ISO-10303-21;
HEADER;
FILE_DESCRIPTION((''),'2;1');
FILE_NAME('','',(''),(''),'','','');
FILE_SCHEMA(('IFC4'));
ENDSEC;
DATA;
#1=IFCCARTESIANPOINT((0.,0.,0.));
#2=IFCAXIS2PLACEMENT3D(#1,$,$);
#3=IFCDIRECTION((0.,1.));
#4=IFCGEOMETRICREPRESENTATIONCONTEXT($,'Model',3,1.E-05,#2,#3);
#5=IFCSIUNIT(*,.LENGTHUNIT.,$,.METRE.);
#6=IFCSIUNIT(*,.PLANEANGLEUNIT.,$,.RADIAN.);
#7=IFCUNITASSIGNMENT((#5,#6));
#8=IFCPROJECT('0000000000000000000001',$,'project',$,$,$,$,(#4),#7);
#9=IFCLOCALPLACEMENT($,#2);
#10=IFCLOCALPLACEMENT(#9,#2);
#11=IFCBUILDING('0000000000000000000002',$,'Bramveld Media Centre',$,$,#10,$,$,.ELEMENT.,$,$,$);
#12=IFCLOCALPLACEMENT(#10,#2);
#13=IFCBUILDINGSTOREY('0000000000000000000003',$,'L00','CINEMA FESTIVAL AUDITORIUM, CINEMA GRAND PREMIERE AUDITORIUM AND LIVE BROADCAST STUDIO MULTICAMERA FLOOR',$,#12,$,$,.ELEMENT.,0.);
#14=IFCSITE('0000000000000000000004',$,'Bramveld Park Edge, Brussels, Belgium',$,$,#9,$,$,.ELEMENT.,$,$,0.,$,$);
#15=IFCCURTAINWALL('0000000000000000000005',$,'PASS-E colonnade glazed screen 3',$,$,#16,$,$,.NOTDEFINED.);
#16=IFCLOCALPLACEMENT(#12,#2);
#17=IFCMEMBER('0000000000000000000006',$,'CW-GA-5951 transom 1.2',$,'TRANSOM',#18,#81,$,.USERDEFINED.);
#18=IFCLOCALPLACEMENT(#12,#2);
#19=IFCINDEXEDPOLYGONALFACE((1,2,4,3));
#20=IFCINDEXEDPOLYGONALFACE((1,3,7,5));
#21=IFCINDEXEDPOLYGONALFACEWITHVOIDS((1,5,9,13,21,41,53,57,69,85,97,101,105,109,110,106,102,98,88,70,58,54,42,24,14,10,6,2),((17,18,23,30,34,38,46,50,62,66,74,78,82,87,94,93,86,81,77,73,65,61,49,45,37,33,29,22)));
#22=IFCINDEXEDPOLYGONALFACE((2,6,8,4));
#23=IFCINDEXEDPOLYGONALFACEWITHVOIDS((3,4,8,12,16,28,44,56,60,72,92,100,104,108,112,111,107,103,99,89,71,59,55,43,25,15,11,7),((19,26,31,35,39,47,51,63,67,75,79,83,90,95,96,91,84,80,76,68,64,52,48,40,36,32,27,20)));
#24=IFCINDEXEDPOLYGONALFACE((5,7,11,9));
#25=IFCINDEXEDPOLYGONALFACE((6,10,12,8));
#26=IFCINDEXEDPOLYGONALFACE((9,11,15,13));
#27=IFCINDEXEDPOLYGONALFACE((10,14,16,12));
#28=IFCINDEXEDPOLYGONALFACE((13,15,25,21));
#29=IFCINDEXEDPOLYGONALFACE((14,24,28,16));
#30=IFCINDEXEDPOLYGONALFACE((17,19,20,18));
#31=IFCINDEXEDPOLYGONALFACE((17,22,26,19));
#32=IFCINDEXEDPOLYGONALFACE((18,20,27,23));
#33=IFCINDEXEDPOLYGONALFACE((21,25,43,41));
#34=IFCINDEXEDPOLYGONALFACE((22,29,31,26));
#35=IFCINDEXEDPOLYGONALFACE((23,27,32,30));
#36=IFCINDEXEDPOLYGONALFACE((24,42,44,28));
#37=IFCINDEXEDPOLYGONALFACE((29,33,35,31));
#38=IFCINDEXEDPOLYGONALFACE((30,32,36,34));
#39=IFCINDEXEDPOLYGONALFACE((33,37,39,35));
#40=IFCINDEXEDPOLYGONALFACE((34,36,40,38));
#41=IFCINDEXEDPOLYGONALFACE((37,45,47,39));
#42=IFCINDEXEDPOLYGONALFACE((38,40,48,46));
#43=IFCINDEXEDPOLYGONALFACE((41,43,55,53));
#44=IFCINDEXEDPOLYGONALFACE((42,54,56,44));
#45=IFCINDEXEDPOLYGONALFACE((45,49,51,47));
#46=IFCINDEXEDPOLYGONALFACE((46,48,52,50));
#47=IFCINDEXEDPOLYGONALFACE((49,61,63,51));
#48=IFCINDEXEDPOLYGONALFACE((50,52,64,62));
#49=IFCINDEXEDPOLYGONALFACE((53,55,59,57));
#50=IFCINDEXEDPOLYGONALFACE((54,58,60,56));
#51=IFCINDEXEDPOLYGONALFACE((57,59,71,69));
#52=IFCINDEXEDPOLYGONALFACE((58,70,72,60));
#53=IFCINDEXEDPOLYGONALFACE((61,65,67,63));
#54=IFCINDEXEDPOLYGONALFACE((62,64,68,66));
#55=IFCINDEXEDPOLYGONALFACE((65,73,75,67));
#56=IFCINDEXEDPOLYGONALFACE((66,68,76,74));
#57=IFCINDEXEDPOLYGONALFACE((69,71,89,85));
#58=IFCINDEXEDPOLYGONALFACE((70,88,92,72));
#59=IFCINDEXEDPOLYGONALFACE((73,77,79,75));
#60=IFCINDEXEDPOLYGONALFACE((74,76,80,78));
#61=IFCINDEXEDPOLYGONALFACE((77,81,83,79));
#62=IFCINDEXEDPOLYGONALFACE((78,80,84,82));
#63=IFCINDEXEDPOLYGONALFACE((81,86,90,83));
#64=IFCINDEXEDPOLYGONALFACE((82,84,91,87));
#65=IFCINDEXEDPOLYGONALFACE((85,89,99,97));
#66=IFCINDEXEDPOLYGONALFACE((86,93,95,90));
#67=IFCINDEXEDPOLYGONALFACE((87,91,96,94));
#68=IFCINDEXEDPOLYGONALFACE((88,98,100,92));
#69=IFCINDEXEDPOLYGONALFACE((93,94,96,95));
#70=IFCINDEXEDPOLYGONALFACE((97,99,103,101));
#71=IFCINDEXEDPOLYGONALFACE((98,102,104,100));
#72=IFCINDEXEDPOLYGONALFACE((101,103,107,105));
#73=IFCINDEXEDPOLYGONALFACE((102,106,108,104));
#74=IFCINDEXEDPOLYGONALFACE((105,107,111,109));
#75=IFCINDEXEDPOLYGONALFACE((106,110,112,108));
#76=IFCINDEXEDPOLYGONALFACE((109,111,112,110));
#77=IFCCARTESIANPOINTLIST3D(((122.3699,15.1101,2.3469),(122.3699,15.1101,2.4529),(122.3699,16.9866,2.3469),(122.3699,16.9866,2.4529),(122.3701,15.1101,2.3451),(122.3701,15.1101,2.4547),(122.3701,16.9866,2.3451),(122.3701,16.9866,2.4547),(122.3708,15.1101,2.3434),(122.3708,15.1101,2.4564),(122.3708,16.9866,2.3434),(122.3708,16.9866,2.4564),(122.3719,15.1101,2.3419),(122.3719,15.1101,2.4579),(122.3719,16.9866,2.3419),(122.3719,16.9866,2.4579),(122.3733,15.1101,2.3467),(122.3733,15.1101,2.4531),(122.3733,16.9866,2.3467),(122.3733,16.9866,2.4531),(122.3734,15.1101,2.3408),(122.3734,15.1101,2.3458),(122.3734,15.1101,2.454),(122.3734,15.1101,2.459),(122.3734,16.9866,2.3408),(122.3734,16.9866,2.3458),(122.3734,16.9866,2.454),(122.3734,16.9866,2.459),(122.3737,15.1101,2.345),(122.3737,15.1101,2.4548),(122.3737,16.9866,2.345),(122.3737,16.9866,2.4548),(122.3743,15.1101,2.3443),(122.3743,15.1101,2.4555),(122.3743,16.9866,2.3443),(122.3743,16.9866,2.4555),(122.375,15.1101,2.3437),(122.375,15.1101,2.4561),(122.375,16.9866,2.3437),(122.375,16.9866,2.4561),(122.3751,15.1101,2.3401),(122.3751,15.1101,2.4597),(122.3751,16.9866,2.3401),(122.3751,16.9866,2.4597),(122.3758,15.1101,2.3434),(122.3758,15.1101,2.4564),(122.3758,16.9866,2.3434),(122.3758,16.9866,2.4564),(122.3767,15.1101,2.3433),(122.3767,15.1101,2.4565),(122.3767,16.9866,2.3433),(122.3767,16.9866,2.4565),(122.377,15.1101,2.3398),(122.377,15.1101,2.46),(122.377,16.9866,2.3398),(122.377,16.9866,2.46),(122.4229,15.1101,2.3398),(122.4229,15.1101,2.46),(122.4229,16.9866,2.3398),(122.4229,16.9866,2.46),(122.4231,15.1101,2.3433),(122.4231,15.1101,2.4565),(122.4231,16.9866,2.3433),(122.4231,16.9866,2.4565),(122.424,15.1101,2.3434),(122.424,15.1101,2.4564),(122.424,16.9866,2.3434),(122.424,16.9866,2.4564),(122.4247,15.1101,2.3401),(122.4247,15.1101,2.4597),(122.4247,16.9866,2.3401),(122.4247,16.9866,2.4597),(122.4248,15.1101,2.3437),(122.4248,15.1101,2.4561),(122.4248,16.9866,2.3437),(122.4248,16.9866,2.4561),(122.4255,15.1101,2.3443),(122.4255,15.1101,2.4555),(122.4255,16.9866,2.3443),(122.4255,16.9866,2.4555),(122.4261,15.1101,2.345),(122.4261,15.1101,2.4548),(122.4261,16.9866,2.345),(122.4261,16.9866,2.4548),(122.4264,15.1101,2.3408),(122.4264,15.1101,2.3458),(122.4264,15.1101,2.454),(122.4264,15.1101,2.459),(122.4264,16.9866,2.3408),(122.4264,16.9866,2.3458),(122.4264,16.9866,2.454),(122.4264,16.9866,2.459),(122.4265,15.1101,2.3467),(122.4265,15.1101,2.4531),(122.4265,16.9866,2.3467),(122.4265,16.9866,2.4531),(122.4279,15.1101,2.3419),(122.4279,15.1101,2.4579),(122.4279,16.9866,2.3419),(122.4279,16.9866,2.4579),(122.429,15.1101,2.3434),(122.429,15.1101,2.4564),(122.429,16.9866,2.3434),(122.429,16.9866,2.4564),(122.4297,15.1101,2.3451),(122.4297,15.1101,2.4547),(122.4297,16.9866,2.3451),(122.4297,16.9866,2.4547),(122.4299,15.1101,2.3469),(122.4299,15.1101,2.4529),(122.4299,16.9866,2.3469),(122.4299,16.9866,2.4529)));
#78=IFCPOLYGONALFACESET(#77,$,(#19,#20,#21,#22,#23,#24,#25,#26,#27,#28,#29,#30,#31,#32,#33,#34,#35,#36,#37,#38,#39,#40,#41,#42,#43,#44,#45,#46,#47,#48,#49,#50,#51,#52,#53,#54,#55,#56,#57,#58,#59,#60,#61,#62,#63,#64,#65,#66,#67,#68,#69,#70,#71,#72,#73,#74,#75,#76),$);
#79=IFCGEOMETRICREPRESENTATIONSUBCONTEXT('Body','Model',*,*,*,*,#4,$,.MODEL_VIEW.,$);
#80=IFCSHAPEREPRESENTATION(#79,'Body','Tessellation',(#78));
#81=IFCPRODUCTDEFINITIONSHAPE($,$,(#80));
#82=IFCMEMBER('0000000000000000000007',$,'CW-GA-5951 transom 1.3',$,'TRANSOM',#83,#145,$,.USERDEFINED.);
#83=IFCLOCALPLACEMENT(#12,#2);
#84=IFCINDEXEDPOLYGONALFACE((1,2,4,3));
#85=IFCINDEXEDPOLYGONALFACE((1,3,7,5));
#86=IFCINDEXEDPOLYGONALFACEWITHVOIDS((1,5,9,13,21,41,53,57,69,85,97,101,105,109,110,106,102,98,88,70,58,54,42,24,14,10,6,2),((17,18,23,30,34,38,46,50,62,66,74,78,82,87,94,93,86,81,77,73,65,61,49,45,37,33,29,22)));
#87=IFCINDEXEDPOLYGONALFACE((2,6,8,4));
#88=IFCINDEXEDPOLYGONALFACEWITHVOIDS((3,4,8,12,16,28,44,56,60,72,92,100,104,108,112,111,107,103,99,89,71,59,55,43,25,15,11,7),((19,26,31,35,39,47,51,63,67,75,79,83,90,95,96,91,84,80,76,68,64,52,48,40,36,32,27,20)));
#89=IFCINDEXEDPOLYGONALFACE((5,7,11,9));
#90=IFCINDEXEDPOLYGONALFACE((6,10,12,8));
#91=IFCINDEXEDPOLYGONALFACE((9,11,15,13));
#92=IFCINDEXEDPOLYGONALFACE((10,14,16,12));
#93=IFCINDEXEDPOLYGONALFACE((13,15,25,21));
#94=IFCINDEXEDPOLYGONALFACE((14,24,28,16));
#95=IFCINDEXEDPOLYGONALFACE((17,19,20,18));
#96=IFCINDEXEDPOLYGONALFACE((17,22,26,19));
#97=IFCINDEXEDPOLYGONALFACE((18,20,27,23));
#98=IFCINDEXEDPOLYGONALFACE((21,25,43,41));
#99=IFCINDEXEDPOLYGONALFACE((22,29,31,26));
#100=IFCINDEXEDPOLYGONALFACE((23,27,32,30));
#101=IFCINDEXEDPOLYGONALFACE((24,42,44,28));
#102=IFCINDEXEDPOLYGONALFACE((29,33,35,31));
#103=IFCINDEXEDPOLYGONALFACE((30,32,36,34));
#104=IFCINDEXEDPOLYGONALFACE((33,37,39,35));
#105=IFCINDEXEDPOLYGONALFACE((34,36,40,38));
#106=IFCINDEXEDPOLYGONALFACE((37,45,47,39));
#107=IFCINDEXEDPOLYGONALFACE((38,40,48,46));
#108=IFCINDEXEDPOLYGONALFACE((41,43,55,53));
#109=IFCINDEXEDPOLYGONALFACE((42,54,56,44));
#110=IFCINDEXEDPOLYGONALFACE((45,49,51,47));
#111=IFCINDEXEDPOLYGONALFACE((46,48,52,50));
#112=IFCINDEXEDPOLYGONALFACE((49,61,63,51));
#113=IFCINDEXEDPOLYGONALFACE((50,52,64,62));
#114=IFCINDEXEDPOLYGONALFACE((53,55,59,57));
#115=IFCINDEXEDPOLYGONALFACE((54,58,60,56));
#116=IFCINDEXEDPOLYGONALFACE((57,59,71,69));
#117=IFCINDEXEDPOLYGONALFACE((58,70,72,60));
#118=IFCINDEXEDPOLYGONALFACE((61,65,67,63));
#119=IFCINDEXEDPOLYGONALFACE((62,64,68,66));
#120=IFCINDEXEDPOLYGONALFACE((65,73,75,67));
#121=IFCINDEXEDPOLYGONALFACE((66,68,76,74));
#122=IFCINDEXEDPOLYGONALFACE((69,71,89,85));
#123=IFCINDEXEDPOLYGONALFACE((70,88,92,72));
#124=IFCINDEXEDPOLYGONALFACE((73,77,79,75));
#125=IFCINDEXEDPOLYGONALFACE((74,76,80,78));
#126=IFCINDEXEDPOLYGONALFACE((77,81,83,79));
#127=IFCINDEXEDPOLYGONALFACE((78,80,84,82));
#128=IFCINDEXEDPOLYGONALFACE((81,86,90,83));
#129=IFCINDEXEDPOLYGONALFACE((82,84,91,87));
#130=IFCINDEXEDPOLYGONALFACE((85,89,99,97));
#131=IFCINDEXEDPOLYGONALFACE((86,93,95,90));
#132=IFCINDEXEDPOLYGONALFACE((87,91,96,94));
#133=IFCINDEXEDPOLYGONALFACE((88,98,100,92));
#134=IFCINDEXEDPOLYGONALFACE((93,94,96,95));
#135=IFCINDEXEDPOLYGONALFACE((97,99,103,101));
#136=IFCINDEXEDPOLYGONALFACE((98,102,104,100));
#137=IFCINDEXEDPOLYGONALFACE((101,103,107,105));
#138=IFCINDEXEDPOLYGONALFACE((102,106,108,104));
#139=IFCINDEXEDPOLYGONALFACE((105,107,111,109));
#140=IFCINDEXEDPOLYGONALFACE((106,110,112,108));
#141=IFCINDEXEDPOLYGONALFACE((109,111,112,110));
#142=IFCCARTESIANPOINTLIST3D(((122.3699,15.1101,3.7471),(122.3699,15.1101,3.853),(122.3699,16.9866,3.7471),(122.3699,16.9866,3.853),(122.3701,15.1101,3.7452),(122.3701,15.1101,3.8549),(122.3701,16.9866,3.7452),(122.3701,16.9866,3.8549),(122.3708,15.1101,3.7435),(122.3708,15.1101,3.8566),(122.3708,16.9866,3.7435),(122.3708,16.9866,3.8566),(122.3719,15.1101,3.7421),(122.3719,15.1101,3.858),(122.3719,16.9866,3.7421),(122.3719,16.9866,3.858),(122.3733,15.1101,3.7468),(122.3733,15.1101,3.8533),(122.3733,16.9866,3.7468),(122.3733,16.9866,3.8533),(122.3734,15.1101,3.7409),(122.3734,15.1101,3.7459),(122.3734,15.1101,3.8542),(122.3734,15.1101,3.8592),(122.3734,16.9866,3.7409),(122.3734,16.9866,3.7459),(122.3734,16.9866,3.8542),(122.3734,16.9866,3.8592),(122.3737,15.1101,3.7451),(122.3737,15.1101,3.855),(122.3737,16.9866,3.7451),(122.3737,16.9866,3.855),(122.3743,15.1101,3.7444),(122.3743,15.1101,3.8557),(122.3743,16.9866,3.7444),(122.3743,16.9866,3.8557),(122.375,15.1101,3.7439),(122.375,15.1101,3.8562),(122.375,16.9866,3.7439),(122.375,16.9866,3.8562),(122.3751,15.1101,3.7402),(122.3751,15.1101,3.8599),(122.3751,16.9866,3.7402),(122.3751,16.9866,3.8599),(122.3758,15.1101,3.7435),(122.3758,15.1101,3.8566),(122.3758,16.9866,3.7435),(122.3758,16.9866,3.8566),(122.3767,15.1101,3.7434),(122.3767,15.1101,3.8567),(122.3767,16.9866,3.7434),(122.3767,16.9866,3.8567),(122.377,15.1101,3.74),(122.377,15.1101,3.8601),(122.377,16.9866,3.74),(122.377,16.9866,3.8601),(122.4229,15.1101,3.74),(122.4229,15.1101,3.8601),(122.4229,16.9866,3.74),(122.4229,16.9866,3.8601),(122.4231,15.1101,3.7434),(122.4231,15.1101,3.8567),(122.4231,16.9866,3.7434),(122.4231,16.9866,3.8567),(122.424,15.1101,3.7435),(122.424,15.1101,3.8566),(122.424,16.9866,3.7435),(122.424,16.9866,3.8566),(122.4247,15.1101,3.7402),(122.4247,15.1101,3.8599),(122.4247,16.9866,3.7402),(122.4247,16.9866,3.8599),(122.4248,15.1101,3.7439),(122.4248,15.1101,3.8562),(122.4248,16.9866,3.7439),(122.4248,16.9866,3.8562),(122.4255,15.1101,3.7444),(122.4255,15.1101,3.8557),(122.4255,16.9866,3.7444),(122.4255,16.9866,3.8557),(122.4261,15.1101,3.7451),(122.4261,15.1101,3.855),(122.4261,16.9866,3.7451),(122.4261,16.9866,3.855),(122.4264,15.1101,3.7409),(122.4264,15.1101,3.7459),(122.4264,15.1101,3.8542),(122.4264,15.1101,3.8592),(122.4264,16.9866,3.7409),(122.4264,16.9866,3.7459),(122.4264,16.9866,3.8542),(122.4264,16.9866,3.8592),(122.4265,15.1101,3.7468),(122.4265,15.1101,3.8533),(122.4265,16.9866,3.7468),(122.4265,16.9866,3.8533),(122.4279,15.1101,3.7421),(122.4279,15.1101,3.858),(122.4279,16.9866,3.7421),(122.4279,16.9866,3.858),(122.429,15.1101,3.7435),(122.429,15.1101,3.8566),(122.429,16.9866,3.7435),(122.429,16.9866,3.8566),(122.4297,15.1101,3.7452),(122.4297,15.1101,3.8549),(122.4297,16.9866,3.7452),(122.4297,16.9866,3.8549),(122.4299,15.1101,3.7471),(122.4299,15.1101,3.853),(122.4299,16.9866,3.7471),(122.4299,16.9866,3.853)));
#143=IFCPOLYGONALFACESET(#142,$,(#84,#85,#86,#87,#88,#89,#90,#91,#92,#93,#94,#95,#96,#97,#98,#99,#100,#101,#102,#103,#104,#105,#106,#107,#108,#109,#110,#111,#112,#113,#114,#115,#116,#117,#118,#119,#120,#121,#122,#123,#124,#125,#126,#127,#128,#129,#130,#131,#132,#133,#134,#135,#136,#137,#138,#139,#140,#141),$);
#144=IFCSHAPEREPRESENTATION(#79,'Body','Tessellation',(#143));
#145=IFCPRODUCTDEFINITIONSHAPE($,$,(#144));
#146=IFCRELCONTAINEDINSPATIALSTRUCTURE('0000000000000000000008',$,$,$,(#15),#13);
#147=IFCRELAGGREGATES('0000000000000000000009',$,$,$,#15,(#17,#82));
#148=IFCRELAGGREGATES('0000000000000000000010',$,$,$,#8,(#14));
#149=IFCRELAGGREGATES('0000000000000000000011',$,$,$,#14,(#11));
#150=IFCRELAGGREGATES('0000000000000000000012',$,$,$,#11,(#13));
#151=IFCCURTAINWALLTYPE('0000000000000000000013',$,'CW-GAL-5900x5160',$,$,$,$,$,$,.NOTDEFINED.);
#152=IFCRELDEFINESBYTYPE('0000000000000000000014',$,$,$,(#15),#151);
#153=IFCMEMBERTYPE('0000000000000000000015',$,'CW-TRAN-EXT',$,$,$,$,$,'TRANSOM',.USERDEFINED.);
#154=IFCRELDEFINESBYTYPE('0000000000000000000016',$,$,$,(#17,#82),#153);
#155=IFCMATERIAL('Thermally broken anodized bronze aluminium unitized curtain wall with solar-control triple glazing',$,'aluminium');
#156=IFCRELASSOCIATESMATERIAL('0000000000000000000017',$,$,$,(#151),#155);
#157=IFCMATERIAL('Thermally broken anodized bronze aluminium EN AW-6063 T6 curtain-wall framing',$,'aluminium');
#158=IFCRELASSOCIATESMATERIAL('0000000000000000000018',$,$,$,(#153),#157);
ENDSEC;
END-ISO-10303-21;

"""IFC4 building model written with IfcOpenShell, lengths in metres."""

from ifc_helpers import new_model, si_unit, direction, frame, origin, origin_2d, place, context, subcontext, project, spatial, hollow_rectangle, extrude, material, material_profile, profile_set, type_object, element, aggregate, save


model = new_model("IFC4")

# Units and contexts
model_context = context("Model", 3, precision=1e-05, world=origin(), true_north=direction((0.0, 1.0)))
body_context = subcontext(model_context, "Body", "Model", "MODEL_VIEW")
ifc_project = project(units=[si_unit("LENGTHUNIT", "METRE"), si_unit("PLANEANGLEUNIT", "RADIAN")], contexts=[model_context])

# Site, building, storey
site_placement = place(None, origin())
site = spatial("IfcSite", under=ifc_project, at=site_placement, Name="Bramveld Park Edge, Brussels, Belgium", CompositionType="ELEMENT", RefElevation=0.0)
building_placement = place(site_placement, origin())
building = spatial("IfcBuilding", under=site, at=building_placement, Name="Bramveld Media Centre", CompositionType="ELEMENT")
storey_placement = place(building_placement, origin())
storey = spatial("IfcBuildingStorey", under=building, at=storey_placement, Name="L00", Description="CINEMA FESTIVAL AUDITORIUM, CINEMA GRAND PREMIERE AUDITORIUM AND LIVE BROADCAST STUDIO MULTICAMERA FLOOR", CompositionType="ELEMENT", Elevation=0.0)

# Curtain wall, members
ifc_material_1 = material(Name="Thermally broken anodized bronze aluminium unitized curtain wall with solar-control triple glazing", Category="aluminium")
curtain_wall_type = type_object("IfcCurtainWallType", Name="CW-GAL-5900x5160", PredefinedType="NOTDEFINED", material=ifc_material_1)
curtain_wall_placement = place(storey_placement, origin())
curtain_wall = element("IfcCurtainWall", 1, at=curtain_wall_placement, inside=storey, type_object=curtain_wall_type, Name="PASS-E colonnade glazed screen 3", PredefinedType="NOTDEFINED")
ifc_material_2 = material(Name="Thermally broken anodized bronze aluminium EN AW-6063 T6 curtain-wall framing", Category="aluminium")
ifc_material_profile_1 = material_profile(ifc_material_2, hollow_rectangle(XDim=0.0601, YDim=0.1201, WallThickness=0.0034, InnerFilletRadius=0.0034, OuterFilletRadius=0.0071, at=origin_2d()), Name="AL-TRAN 60x120")
ifc_profile_set_1 = profile_set([ifc_material_profile_1], Name="Thermally broken anodized bronze aluminium EN AW-6063 T6 curtain-wall framing")
member_type_1 = type_object("IfcMemberType", Name="CW-TRAN-EXT", ElementType="TRANSOM", PredefinedType="USERDEFINED", material=ifc_profile_set_1)
member_1_placement = place(storey_placement, frame((122.3999, 15.1101, 2.3999), z_axis=(0.0, 1.0, 0.0), x_axis=(-1.0, 0.0, 0.0)))
member_1 = element("IfcMember", 2, at=member_1_placement, type_object=member_type_1, Name="CW-GA-5951 transom 1.2", ObjectType="TRANSOM", PredefinedType="USERDEFINED", context=body_context, shape_type="SweptSolid", body=[
    extrude(hollow_rectangle(XDim=0.0601, YDim=0.1201, WallThickness=0.0034, InnerFilletRadius=0.0034, OuterFilletRadius=0.0071, at=origin_2d()), origin(), (0.0, 0.0, 1.0), 1.8765),
])
member_2_placement = place(storey_placement, frame((122.3999, 15.1101, 3.8), z_axis=(0.0, 1.0, 0.0), x_axis=(-1.0, 0.0, 0.0)))
member_2 = element("IfcMember", 3, at=member_2_placement, type_object=member_type_1, Name="CW-GA-5951 transom 1.3", ObjectType="TRANSOM", PredefinedType="USERDEFINED", context=body_context, shape_type="SweptSolid", body=[
    extrude(hollow_rectangle(XDim=0.0601, YDim=0.1201, WallThickness=0.0034, InnerFilletRadius=0.0034, OuterFilletRadius=0.0071, at=origin_2d()), origin(), (0.0, 0.0, 1.0), 1.8765),
])
aggregate(curtain_wall, [member_1, member_2])

save(model, "model.ifc")
